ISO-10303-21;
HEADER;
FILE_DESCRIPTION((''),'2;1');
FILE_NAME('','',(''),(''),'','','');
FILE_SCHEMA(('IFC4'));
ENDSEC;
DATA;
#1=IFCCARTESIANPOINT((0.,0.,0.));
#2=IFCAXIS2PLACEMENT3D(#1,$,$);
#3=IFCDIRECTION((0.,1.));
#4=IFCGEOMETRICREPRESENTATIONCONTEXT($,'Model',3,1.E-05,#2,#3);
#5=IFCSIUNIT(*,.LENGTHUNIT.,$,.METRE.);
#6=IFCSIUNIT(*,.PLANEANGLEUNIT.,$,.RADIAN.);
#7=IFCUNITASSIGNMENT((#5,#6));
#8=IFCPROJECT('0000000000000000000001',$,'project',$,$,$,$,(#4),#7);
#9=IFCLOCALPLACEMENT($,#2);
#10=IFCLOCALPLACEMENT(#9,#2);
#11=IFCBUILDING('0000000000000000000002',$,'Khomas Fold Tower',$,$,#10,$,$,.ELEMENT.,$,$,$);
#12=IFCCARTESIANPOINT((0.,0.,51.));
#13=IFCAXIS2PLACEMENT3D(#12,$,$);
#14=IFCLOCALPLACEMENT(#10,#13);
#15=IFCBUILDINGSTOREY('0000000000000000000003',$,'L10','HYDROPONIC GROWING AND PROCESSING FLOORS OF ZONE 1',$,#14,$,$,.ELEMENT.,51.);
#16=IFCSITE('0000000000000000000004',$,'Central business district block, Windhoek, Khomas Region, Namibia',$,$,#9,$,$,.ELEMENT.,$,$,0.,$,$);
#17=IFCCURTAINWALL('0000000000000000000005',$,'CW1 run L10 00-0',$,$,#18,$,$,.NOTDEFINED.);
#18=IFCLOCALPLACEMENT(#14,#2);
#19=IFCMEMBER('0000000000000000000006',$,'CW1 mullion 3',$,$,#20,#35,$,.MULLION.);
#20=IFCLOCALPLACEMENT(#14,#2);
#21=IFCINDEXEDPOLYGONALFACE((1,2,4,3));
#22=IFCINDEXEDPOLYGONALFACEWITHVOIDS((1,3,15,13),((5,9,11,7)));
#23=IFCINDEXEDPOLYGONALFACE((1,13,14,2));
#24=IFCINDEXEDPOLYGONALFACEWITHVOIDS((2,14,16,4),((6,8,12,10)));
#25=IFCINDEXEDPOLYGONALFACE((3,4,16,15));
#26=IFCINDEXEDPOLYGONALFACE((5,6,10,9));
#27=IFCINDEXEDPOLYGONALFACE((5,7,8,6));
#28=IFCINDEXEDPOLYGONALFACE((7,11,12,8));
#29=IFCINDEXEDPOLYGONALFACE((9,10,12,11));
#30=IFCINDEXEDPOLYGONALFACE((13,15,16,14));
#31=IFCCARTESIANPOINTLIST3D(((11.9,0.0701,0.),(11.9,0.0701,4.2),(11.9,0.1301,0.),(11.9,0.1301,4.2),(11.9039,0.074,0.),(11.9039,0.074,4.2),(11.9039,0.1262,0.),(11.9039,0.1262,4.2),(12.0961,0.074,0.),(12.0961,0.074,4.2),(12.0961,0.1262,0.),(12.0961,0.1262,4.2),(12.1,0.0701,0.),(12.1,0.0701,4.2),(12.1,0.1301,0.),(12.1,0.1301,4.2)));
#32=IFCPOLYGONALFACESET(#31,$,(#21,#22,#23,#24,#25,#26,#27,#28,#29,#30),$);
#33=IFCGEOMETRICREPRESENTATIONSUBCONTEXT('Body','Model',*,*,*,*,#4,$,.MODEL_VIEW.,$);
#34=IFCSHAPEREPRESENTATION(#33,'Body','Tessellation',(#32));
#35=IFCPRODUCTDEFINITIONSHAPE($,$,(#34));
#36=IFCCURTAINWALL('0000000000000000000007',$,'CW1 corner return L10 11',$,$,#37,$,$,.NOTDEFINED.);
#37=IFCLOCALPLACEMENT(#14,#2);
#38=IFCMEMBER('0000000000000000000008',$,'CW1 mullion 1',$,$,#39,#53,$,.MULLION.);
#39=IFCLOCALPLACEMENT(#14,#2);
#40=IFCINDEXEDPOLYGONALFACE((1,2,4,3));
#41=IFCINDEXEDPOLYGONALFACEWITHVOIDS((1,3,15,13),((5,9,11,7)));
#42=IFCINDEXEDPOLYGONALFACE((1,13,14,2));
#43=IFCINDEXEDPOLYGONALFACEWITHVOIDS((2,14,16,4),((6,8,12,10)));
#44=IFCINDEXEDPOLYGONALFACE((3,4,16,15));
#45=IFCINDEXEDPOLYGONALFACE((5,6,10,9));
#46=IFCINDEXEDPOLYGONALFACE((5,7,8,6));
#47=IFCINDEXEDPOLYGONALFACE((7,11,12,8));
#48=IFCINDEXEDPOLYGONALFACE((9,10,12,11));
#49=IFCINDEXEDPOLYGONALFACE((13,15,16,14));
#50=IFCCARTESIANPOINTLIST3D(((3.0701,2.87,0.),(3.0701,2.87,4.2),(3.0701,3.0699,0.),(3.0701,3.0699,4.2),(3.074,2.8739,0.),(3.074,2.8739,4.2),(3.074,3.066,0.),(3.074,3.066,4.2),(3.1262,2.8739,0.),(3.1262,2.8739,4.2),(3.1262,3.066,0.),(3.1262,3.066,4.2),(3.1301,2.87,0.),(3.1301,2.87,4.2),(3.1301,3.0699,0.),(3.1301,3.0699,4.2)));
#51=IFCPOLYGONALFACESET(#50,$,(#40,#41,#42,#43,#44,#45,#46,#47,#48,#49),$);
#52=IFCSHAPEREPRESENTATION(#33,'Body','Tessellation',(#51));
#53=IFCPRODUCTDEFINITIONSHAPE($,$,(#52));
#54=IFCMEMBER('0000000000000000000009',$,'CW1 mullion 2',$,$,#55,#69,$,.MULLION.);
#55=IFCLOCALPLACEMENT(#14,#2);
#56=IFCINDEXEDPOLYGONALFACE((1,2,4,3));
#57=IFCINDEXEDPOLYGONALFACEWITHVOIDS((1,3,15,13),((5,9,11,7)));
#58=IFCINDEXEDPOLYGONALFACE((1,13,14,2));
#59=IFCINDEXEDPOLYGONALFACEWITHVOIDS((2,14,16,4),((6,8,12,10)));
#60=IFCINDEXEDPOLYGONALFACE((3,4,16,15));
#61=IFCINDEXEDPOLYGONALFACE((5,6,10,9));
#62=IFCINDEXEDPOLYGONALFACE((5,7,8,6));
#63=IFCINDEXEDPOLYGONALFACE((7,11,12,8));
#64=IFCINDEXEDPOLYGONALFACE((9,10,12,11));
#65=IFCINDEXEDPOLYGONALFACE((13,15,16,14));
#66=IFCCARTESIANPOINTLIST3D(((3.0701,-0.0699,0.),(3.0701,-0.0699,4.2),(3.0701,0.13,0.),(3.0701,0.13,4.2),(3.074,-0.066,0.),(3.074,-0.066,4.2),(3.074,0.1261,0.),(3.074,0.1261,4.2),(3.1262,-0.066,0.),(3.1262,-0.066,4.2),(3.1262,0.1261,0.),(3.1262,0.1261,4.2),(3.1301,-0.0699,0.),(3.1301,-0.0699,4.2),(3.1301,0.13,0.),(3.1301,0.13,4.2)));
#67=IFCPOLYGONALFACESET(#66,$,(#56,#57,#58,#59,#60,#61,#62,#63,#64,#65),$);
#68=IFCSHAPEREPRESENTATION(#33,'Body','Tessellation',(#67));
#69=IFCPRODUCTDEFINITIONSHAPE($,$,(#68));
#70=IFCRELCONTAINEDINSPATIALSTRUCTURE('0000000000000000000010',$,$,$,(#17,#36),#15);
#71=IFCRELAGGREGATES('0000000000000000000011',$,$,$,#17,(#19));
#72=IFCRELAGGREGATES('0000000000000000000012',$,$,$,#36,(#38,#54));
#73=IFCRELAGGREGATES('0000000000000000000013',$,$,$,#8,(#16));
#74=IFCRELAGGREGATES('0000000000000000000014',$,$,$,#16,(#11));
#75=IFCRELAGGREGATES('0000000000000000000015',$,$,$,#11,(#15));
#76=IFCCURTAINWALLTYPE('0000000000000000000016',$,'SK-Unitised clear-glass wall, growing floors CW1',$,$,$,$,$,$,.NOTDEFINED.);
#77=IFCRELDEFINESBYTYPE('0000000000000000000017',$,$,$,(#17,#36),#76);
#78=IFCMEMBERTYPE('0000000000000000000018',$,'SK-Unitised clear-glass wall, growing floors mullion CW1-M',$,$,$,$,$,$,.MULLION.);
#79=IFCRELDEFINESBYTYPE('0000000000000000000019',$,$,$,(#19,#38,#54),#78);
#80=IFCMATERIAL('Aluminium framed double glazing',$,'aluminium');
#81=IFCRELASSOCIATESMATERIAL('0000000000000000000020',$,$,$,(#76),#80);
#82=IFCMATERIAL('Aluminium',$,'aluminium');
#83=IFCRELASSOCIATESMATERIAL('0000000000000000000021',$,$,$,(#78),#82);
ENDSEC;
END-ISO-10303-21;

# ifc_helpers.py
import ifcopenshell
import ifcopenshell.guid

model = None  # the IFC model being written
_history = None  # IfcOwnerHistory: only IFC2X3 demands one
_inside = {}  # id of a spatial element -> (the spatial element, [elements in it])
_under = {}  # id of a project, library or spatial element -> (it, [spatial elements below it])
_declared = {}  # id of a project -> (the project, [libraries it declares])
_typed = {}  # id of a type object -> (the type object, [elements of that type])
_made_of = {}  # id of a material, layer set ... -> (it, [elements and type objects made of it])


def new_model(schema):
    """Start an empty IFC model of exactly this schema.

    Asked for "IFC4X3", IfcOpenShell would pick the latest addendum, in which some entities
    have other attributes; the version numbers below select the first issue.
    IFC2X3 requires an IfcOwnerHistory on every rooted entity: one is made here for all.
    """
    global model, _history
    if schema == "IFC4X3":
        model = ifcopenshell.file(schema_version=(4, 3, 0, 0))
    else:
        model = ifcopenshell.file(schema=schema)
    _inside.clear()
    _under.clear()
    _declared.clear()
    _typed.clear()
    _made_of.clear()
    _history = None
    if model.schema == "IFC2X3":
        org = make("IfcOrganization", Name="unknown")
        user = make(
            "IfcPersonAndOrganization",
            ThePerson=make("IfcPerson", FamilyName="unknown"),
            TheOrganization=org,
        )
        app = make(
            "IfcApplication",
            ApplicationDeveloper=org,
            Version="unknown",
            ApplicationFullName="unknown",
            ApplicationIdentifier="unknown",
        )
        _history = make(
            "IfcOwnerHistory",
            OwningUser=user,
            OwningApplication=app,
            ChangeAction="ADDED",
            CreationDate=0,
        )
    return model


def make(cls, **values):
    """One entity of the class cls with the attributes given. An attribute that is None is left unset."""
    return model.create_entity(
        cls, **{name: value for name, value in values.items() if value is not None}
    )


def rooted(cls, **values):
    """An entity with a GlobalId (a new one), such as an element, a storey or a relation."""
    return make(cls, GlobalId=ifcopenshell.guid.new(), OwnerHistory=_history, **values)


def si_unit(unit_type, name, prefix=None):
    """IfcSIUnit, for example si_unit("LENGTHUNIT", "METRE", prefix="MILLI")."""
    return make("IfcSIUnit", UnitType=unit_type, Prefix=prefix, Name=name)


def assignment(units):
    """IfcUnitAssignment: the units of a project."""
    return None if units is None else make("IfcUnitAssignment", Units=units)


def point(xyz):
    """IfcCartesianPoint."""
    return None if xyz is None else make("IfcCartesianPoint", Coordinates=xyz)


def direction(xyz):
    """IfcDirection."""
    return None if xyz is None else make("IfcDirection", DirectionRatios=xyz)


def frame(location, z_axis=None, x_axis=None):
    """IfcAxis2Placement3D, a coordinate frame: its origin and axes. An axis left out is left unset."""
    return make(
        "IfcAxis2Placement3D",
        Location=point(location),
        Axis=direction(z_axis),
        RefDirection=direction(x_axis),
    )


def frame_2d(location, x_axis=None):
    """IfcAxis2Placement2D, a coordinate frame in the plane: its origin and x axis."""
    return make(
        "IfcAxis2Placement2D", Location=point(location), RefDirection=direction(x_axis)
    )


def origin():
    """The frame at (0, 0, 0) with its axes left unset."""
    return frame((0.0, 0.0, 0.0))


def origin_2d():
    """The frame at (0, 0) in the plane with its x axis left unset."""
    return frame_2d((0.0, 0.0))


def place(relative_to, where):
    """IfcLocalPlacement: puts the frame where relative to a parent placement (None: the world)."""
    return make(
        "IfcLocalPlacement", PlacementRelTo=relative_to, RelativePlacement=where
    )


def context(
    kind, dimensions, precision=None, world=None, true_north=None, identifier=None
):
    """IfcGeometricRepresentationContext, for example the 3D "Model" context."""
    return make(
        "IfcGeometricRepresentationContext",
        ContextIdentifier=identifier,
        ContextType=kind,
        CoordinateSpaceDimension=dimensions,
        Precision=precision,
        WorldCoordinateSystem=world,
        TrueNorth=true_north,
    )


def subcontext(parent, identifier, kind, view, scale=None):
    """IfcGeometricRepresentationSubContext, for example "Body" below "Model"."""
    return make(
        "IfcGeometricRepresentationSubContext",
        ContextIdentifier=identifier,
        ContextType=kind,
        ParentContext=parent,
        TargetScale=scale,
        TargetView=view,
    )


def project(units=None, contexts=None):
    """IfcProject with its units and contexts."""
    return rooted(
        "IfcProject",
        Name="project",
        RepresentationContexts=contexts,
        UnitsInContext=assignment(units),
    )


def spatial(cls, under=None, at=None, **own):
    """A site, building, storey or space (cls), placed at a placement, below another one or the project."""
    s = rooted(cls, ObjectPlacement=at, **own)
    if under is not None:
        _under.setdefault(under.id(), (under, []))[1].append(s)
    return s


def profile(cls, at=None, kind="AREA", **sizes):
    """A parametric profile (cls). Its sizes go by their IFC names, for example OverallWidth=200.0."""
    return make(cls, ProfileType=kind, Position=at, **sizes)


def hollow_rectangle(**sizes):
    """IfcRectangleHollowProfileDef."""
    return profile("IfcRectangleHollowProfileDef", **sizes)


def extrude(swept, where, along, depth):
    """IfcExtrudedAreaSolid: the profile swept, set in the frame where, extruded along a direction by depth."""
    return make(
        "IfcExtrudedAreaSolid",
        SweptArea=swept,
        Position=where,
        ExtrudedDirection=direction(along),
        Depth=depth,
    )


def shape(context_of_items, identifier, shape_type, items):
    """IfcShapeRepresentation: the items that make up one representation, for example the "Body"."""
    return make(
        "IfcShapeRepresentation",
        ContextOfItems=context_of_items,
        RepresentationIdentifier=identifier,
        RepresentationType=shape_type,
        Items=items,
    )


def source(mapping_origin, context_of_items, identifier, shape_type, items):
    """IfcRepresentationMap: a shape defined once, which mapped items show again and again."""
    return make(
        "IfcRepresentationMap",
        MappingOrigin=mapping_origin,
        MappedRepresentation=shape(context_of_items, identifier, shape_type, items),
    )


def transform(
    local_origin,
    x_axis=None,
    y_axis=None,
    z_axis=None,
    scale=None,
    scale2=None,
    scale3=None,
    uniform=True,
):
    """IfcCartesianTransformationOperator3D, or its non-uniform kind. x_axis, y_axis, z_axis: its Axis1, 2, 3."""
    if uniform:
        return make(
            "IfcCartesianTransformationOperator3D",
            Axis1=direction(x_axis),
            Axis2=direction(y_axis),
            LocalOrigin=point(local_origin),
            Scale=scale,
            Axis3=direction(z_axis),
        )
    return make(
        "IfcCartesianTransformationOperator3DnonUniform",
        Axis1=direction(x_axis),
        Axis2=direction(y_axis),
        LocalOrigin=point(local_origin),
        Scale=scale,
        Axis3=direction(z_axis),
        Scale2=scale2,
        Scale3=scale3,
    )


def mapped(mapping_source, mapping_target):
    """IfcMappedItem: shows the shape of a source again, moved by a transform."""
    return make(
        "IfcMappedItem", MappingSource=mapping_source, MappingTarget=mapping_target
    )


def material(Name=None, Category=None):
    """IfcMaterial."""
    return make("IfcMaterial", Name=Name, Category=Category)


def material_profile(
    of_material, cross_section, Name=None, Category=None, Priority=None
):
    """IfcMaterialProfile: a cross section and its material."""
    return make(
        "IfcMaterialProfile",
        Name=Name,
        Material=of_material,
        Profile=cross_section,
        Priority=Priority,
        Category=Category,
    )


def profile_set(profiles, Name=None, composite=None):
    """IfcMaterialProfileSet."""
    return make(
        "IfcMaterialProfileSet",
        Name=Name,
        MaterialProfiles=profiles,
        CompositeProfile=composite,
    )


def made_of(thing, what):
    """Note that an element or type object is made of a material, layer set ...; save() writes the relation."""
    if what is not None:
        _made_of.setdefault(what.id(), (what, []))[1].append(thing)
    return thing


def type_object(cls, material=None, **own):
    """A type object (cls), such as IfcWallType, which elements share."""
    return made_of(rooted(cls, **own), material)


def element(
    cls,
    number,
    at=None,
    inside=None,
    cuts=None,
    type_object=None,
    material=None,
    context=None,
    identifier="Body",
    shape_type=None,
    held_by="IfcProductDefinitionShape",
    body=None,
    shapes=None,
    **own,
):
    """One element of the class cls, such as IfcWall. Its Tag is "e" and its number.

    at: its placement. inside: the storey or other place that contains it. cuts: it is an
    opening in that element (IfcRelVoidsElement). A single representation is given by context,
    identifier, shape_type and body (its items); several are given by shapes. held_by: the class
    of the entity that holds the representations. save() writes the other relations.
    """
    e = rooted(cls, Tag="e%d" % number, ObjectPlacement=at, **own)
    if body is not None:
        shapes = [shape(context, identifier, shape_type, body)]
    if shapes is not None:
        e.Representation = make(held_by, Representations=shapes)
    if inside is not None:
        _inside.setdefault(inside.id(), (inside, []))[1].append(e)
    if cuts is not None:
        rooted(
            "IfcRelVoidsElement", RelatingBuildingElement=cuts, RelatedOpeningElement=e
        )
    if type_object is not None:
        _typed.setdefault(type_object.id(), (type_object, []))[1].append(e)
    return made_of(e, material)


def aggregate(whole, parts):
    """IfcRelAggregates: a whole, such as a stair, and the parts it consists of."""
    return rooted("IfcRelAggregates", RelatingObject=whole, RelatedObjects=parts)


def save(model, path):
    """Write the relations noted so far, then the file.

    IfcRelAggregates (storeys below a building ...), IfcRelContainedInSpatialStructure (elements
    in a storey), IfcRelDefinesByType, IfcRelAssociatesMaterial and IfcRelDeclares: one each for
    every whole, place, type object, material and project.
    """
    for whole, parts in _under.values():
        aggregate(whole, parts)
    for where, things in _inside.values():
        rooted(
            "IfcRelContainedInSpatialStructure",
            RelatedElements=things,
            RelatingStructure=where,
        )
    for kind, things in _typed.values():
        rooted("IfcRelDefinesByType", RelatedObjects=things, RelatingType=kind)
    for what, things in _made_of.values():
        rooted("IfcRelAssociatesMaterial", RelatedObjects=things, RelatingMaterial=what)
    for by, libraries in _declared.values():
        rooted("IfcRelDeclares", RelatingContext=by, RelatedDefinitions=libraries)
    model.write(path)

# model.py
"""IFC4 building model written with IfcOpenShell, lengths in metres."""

from ifc_helpers import new_model, si_unit, direction, frame, origin, origin_2d, place, context, subcontext, project, spatial, hollow_rectangle, extrude, source, transform, mapped, material, material_profile, profile_set, type_object, element, aggregate, save


model = new_model("IFC4")

# Units and contexts
model_context = context("Model", 3, precision=1e-05, world=origin(), true_north=direction((0.0, 1.0)))
body_context = subcontext(model_context, "Body", "Model", "MODEL_VIEW")
ifc_project = project(units=[si_unit("LENGTHUNIT", "METRE"), si_unit("PLANEANGLEUNIT", "RADIAN")], contexts=[model_context])

# Site, building, storey
site_placement = place(None, origin())
site = spatial("IfcSite", under=ifc_project, at=site_placement, Name="Central business district block, Windhoek, Khomas Region, Namibia", CompositionType="ELEMENT", RefElevation=0.0)
building_placement = place(site_placement, origin())
building = spatial("IfcBuilding", under=site, at=building_placement, Name="Khomas Fold Tower", CompositionType="ELEMENT")
storey_placement = place(building_placement, frame((0.0, 0.0, 51.0)))
storey = spatial("IfcBuildingStorey", under=building, at=storey_placement, Name="L10", Description="HYDROPONIC GROWING AND PROCESSING FLOORS OF ZONE 1", CompositionType="ELEMENT", Elevation=51.0)

# Curtain walls, members
ifc_material_1 = material(Name="Aluminium framed double glazing", Category="aluminium")
curtain_wall_type = type_object("IfcCurtainWallType", Name="SK-Unitised clear-glass wall, growing floors CW1", PredefinedType="NOTDEFINED", material=ifc_material_1)
curtain_wall_1_placement = place(storey_placement, origin())
curtain_wall_1 = element("IfcCurtainWall", 1, at=curtain_wall_1_placement, inside=storey, type_object=curtain_wall_type, Name="CW1 run L10 00-0", PredefinedType="NOTDEFINED")
ifc_material_2 = material(Name="Aluminium", Category="aluminium")
ifc_material_profile_1 = material_profile(ifc_material_2, hollow_rectangle(XDim=0.0601, YDim=0.2, WallThickness=0.0039, at=origin_2d()), Name="SK-Unitised clear-glass wall, growing floors mullion CW1-M")
ifc_profile_set_1 = profile_set([ifc_material_profile_1], Name="Aluminium")
member_type = type_object("IfcMemberType", Name="SK-Unitised clear-glass wall, growing floors mullion CW1-M", PredefinedType="MULLION", material=ifc_profile_set_1)
shared_shape_1 = source(origin(), body_context, "Body", "SweptSolid", [
    extrude(hollow_rectangle(XDim=0.0601, YDim=0.2, WallThickness=0.0039, at=origin_2d()), origin(), (0.0, 0.0, 1.0), 4.2),
])
member_1_placement = place(storey_placement, frame((12.0, 0.1001, 0.0), z_axis=(0.0, 0.0, 1.0), x_axis=(0.0, 1.0, 0.0)))
member_1 = element("IfcMember", 2, at=member_1_placement, type_object=member_type, Name="CW1 mullion 3", PredefinedType="MULLION", context=body_context, shape_type="MappedRepresentation", body=[
    mapped(shared_shape_1, transform((0.0, 0.0, 0.0))),
])
curtain_wall_2_placement = place(storey_placement, origin())
curtain_wall_2 = element("IfcCurtainWall", 3, at=curtain_wall_2_placement, inside=storey, type_object=curtain_wall_type, Name="CW1 corner return L10 11", PredefinedType="NOTDEFINED")
member_2_placement = place(storey_placement, frame((3.1001, 2.97, 0.0), z_axis=(0.0, 0.0, 1.0), x_axis=(1.0, 0.0, 0.0)))
member_2 = element("IfcMember", 4, at=member_2_placement, type_object=member_type, Name="CW1 mullion 1", PredefinedType="MULLION", context=body_context, shape_type="MappedRepresentation", body=[
    mapped(shared_shape_1, transform((0.0, 0.0, 0.0))),
])
member_3_placement = place(storey_placement, frame((3.1001, 0.03, 0.0), z_axis=(0.0, 0.0, 1.0), x_axis=(1.0, 0.0, 0.0)))
member_3 = element("IfcMember", 5, at=member_3_placement, type_object=member_type, Name="CW1 mullion 2", PredefinedType="MULLION", context=body_context, shape_type="MappedRepresentation", body=[
    mapped(shared_shape_1, transform((0.0, 0.0, 0.0))),
])

aggregate(curtain_wall_1, [member_1])
aggregate(curtain_wall_2, [member_2, member_3])

save(model, "model.ifc")
